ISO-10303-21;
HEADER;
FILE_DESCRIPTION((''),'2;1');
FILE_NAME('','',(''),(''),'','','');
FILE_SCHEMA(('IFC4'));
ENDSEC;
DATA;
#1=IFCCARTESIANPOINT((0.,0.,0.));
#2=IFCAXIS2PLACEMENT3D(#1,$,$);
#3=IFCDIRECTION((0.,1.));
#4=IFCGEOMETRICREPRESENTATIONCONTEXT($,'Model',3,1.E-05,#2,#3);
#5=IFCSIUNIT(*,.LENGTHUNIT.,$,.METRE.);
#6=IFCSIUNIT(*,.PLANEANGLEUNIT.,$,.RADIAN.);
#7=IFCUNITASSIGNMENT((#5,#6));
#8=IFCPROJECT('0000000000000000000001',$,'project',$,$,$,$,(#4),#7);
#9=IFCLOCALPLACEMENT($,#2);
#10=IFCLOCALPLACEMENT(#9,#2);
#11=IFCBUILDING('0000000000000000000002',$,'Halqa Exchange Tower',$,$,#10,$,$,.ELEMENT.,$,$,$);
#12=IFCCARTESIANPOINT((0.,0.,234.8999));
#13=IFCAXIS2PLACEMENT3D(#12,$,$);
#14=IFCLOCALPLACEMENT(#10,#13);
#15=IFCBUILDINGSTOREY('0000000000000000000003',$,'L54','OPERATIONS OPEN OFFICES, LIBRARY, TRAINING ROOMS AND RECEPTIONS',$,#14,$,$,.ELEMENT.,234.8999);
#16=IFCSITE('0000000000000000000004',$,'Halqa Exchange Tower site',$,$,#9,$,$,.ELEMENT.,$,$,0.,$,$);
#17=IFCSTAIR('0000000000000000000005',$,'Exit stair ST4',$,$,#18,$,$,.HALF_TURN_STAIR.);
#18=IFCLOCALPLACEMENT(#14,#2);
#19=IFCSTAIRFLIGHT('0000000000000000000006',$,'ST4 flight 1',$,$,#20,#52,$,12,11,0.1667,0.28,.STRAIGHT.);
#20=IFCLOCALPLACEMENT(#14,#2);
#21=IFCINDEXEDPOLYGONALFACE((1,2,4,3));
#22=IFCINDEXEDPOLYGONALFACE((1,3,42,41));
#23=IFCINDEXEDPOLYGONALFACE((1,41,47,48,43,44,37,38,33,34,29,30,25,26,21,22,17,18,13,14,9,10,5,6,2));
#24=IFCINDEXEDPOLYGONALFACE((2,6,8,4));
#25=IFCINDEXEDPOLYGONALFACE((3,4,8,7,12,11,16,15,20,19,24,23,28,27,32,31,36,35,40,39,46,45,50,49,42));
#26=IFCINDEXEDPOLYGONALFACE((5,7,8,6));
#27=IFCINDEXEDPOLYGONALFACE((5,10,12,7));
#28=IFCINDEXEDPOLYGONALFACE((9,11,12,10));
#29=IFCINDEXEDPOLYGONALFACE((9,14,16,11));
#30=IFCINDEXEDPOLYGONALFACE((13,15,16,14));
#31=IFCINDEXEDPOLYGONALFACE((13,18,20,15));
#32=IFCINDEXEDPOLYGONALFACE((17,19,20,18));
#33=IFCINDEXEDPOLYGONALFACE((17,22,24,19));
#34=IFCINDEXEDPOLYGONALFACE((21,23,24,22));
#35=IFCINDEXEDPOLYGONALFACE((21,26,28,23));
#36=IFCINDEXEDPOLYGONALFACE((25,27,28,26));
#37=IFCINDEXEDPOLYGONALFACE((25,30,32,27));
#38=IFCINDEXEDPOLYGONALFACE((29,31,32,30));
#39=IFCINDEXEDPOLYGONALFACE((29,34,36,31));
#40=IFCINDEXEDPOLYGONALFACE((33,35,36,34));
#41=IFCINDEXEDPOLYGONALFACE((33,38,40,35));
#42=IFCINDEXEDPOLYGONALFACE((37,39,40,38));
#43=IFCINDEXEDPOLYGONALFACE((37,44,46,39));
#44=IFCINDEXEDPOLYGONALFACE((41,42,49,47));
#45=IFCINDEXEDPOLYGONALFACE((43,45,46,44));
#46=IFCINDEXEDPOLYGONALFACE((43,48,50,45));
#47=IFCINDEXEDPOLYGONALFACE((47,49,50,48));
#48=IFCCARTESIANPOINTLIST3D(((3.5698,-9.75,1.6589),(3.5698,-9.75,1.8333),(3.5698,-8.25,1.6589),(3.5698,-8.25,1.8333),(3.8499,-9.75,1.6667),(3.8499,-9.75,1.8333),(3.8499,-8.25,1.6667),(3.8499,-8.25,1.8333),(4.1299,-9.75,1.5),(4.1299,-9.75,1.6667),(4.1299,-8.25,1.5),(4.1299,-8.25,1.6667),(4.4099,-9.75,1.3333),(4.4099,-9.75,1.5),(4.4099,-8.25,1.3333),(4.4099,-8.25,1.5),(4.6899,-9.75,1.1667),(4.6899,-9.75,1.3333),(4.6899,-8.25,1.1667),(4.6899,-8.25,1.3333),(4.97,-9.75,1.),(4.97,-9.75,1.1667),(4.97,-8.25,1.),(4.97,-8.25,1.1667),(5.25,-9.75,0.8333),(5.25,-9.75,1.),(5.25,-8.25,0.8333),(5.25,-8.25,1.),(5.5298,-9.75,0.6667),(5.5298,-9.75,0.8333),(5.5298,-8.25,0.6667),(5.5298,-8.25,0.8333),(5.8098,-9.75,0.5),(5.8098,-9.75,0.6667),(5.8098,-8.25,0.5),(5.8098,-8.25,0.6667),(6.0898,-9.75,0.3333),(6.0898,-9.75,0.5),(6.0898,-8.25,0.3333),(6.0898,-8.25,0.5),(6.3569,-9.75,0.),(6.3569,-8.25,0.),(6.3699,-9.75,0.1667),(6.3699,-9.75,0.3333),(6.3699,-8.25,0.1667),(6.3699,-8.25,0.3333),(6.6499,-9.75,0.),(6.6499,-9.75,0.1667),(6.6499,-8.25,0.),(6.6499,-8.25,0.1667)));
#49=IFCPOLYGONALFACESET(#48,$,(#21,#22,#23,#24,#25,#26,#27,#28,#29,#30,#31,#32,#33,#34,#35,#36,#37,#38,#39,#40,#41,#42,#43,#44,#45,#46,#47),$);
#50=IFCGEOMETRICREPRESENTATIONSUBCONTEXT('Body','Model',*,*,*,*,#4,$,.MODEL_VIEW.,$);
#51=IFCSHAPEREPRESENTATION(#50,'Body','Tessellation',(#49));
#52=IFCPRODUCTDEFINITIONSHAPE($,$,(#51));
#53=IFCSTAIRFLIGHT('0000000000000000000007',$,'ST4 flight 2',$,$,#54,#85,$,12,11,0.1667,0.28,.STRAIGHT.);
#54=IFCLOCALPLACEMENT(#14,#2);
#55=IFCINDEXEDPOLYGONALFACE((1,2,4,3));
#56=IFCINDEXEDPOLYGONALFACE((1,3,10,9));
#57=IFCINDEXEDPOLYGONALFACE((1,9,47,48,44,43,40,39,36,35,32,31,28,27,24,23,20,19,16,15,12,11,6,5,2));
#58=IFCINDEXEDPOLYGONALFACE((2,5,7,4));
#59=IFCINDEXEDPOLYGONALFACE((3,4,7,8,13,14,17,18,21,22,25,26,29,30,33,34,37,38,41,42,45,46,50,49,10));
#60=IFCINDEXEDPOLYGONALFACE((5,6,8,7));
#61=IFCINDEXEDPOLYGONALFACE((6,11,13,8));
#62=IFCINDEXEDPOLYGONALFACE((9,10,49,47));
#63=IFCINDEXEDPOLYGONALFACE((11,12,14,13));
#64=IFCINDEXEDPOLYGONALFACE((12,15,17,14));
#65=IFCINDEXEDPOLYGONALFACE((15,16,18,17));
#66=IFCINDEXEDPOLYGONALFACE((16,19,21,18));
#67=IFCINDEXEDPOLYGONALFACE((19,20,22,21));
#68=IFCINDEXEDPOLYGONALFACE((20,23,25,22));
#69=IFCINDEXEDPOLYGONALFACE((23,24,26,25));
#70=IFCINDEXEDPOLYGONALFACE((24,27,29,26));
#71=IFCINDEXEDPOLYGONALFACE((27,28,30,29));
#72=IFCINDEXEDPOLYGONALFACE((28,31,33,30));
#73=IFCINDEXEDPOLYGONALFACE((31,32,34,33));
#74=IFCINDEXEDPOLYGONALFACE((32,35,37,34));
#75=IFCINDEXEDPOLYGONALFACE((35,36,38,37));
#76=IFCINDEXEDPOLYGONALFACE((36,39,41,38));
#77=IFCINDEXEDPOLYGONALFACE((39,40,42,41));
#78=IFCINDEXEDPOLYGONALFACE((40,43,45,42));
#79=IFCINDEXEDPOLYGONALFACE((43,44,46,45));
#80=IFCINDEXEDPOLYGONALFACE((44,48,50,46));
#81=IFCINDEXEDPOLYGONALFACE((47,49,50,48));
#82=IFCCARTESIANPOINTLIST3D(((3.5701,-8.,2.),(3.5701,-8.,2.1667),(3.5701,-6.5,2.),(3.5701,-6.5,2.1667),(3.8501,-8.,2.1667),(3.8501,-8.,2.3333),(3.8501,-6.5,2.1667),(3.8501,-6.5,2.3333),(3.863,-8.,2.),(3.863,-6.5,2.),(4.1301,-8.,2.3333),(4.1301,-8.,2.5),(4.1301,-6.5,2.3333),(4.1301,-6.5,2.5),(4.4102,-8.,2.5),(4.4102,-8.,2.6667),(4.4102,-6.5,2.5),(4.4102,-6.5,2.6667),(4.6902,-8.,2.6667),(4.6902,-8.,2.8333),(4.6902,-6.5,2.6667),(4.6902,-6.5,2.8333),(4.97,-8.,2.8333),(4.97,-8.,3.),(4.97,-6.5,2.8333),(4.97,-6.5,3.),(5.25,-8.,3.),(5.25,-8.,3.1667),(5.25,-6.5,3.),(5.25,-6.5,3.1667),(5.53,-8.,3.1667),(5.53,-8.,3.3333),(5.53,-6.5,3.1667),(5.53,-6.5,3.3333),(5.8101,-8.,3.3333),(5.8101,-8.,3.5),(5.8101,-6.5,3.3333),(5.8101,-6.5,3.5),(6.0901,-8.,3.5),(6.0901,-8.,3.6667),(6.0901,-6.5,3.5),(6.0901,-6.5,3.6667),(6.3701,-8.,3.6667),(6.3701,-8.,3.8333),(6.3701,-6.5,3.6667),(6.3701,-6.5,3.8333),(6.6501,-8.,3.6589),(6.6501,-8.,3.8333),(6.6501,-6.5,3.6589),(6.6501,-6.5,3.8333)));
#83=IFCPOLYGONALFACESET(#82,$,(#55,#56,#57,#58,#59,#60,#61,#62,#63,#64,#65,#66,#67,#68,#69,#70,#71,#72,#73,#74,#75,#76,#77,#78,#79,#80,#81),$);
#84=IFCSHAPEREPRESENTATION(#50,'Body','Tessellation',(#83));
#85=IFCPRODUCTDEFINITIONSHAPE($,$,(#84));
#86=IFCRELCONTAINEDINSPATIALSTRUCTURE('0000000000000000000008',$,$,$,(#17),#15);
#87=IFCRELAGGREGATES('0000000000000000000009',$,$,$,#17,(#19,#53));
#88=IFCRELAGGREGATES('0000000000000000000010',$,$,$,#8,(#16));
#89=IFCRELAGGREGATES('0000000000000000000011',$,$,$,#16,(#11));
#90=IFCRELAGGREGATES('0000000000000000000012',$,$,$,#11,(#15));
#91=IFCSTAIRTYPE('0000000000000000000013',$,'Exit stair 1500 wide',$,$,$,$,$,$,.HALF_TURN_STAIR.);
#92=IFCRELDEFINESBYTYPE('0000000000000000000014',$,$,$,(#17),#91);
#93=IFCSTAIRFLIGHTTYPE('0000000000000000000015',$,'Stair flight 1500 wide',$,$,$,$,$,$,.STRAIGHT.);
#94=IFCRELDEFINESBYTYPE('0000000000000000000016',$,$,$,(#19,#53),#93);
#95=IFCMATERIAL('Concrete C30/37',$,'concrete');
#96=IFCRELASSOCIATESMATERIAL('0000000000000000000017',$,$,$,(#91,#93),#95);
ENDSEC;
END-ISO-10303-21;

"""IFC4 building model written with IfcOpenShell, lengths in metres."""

from ifc_helpers import new_model, si_unit, direction, frame, origin, place, context, subcontext, project, spatial, polyline, outline, extrude, material, type_object, element, aggregate, save


model = new_model("IFC4")

# Units and contexts
model_context = context("Model", 3, precision=1e-05, world=origin(), true_north=direction((0.0, 1.0)))
body_context = subcontext(model_context, "Body", "Model", "MODEL_VIEW")
ifc_project = project(units=[si_unit("LENGTHUNIT", "METRE"), si_unit("PLANEANGLEUNIT", "RADIAN")], contexts=[model_context])

# Site, building, storey
site_placement = place(None, origin())
site = spatial("IfcSite", under=ifc_project, at=site_placement, Name="Halqa Exchange Tower site", CompositionType="ELEMENT", RefElevation=0.0)
building_placement = place(site_placement, origin())
building = spatial("IfcBuilding", under=site, at=building_placement, Name="Halqa Exchange Tower", CompositionType="ELEMENT")
storey_placement = place(building_placement, frame((0.0, 0.0, 234.8999)))
storey = spatial("IfcBuildingStorey", under=building, at=storey_placement, Name="L54", Description="OPERATIONS OPEN OFFICES, LIBRARY, TRAINING ROOMS AND RECEPTIONS", CompositionType="ELEMENT", Elevation=234.8999)

# Shared definitions
ifc_material_1 = material(Name="Concrete C30/37", Category="concrete")

# Stair, stair flights
stair_type = type_object("IfcStairType", Name="Exit stair 1500 wide", PredefinedType="HALF_TURN_STAIR", material=ifc_material_1)
stair_placement = place(storey_placement, origin())
stair = element("IfcStair", 1, at=stair_placement, inside=storey, type_object=stair_type, Name="Exit stair ST4", PredefinedType="HALF_TURN_STAIR")
stair_flight_type = type_object("IfcStairFlightType", Name="Stair flight 1500 wide", PredefinedType="STRAIGHT", material=ifc_material_1)
stair_flight_1_placement = place(storey_placement, frame((6.6499, -9.0, 0.0), z_axis=(0.0, 0.0, 1.0), x_axis=(-1.0, 0.0, 0.0)))
stair_flight_1 = element("IfcStairFlight", 2, at=stair_flight_1_placement, type_object=stair_flight_type, Name="ST4 flight 1", NumberOfRisers=12, NumberOfTreads=11, PredefinedType="STRAIGHT", RiserHeight=0.1667, TreadLength=0.28, context=body_context, shape_type="SweptSolid", body=[
    extrude(outline(polyline([(0.0, 0.0), (0.0, 0.1667), (0.28, 0.1667), (0.28, 0.3333), (0.5601, 0.3333), (0.5601, 0.5), (0.8401, 0.5), (0.8401, 0.6667), (1.1201, 0.6667), (1.1201, 0.8333), (1.3999, 0.8333), (1.3999, 1.0), (1.6799, 1.0), (1.6799, 1.1667), (1.96, 1.1667), (1.96, 1.3333), (2.24, 1.3333), (2.24, 1.5), (2.52, 1.5), (2.52, 1.6667), (2.8, 1.6667), (2.8, 1.8333), (3.0801, 1.8333), (3.0801, 2.0), (3.0801, 1.6589), (0.293, 0.0), (0.0, 0.0)])), frame((0.0, 0.75, 0.0), z_axis=(0.0, -1.0, 0.0), x_axis=(1.0, 0.0, 0.0)), (0.0, 0.0, 1.0), 1.5),
])
stair_flight_2_placement = place(storey_placement, frame((3.5701, -7.25, 2.0), z_axis=(0.0, 0.0, 1.0), x_axis=(1.0, 0.0, 0.0)))
stair_flight_2 = element("IfcStairFlight", 3, at=stair_flight_2_placement, type_object=stair_flight_type, Name="ST4 flight 2", NumberOfRisers=12, NumberOfTreads=11, PredefinedType="STRAIGHT", RiserHeight=0.1667, TreadLength=0.28, context=body_context, shape_type="SweptSolid", body=[
    extrude(outline(polyline([(0.0, 0.0), (0.0, 0.1667), (0.28, 0.1667), (0.28, 0.3333), (0.5601, 0.3333), (0.5601, 0.5), (0.8401, 0.5), (0.8401, 0.6667), (1.1201, 0.6667), (1.1201, 0.8333), (1.3999, 0.8333), (1.3999, 1.0), (1.6799, 1.0), (1.6799, 1.1667), (1.96, 1.1667), (1.96, 1.3333), (2.24, 1.3333), (2.24, 1.5), (2.52, 1.5), (2.52, 1.6667), (2.8, 1.6667), (2.8, 1.8333), (3.0801, 1.8333), (3.0801, 2.0), (3.0801, 1.6589), (0.293, 0.0), (0.0, 0.0)])), frame((0.0, 0.75, 0.0), z_axis=(0.0, -1.0, 0.0), x_axis=(1.0, 0.0, 0.0)), (0.0, 0.0, 1.0), 1.5),
])
aggregate(stair, [stair_flight_1, stair_flight_2])

save(model, "model.ifc")
